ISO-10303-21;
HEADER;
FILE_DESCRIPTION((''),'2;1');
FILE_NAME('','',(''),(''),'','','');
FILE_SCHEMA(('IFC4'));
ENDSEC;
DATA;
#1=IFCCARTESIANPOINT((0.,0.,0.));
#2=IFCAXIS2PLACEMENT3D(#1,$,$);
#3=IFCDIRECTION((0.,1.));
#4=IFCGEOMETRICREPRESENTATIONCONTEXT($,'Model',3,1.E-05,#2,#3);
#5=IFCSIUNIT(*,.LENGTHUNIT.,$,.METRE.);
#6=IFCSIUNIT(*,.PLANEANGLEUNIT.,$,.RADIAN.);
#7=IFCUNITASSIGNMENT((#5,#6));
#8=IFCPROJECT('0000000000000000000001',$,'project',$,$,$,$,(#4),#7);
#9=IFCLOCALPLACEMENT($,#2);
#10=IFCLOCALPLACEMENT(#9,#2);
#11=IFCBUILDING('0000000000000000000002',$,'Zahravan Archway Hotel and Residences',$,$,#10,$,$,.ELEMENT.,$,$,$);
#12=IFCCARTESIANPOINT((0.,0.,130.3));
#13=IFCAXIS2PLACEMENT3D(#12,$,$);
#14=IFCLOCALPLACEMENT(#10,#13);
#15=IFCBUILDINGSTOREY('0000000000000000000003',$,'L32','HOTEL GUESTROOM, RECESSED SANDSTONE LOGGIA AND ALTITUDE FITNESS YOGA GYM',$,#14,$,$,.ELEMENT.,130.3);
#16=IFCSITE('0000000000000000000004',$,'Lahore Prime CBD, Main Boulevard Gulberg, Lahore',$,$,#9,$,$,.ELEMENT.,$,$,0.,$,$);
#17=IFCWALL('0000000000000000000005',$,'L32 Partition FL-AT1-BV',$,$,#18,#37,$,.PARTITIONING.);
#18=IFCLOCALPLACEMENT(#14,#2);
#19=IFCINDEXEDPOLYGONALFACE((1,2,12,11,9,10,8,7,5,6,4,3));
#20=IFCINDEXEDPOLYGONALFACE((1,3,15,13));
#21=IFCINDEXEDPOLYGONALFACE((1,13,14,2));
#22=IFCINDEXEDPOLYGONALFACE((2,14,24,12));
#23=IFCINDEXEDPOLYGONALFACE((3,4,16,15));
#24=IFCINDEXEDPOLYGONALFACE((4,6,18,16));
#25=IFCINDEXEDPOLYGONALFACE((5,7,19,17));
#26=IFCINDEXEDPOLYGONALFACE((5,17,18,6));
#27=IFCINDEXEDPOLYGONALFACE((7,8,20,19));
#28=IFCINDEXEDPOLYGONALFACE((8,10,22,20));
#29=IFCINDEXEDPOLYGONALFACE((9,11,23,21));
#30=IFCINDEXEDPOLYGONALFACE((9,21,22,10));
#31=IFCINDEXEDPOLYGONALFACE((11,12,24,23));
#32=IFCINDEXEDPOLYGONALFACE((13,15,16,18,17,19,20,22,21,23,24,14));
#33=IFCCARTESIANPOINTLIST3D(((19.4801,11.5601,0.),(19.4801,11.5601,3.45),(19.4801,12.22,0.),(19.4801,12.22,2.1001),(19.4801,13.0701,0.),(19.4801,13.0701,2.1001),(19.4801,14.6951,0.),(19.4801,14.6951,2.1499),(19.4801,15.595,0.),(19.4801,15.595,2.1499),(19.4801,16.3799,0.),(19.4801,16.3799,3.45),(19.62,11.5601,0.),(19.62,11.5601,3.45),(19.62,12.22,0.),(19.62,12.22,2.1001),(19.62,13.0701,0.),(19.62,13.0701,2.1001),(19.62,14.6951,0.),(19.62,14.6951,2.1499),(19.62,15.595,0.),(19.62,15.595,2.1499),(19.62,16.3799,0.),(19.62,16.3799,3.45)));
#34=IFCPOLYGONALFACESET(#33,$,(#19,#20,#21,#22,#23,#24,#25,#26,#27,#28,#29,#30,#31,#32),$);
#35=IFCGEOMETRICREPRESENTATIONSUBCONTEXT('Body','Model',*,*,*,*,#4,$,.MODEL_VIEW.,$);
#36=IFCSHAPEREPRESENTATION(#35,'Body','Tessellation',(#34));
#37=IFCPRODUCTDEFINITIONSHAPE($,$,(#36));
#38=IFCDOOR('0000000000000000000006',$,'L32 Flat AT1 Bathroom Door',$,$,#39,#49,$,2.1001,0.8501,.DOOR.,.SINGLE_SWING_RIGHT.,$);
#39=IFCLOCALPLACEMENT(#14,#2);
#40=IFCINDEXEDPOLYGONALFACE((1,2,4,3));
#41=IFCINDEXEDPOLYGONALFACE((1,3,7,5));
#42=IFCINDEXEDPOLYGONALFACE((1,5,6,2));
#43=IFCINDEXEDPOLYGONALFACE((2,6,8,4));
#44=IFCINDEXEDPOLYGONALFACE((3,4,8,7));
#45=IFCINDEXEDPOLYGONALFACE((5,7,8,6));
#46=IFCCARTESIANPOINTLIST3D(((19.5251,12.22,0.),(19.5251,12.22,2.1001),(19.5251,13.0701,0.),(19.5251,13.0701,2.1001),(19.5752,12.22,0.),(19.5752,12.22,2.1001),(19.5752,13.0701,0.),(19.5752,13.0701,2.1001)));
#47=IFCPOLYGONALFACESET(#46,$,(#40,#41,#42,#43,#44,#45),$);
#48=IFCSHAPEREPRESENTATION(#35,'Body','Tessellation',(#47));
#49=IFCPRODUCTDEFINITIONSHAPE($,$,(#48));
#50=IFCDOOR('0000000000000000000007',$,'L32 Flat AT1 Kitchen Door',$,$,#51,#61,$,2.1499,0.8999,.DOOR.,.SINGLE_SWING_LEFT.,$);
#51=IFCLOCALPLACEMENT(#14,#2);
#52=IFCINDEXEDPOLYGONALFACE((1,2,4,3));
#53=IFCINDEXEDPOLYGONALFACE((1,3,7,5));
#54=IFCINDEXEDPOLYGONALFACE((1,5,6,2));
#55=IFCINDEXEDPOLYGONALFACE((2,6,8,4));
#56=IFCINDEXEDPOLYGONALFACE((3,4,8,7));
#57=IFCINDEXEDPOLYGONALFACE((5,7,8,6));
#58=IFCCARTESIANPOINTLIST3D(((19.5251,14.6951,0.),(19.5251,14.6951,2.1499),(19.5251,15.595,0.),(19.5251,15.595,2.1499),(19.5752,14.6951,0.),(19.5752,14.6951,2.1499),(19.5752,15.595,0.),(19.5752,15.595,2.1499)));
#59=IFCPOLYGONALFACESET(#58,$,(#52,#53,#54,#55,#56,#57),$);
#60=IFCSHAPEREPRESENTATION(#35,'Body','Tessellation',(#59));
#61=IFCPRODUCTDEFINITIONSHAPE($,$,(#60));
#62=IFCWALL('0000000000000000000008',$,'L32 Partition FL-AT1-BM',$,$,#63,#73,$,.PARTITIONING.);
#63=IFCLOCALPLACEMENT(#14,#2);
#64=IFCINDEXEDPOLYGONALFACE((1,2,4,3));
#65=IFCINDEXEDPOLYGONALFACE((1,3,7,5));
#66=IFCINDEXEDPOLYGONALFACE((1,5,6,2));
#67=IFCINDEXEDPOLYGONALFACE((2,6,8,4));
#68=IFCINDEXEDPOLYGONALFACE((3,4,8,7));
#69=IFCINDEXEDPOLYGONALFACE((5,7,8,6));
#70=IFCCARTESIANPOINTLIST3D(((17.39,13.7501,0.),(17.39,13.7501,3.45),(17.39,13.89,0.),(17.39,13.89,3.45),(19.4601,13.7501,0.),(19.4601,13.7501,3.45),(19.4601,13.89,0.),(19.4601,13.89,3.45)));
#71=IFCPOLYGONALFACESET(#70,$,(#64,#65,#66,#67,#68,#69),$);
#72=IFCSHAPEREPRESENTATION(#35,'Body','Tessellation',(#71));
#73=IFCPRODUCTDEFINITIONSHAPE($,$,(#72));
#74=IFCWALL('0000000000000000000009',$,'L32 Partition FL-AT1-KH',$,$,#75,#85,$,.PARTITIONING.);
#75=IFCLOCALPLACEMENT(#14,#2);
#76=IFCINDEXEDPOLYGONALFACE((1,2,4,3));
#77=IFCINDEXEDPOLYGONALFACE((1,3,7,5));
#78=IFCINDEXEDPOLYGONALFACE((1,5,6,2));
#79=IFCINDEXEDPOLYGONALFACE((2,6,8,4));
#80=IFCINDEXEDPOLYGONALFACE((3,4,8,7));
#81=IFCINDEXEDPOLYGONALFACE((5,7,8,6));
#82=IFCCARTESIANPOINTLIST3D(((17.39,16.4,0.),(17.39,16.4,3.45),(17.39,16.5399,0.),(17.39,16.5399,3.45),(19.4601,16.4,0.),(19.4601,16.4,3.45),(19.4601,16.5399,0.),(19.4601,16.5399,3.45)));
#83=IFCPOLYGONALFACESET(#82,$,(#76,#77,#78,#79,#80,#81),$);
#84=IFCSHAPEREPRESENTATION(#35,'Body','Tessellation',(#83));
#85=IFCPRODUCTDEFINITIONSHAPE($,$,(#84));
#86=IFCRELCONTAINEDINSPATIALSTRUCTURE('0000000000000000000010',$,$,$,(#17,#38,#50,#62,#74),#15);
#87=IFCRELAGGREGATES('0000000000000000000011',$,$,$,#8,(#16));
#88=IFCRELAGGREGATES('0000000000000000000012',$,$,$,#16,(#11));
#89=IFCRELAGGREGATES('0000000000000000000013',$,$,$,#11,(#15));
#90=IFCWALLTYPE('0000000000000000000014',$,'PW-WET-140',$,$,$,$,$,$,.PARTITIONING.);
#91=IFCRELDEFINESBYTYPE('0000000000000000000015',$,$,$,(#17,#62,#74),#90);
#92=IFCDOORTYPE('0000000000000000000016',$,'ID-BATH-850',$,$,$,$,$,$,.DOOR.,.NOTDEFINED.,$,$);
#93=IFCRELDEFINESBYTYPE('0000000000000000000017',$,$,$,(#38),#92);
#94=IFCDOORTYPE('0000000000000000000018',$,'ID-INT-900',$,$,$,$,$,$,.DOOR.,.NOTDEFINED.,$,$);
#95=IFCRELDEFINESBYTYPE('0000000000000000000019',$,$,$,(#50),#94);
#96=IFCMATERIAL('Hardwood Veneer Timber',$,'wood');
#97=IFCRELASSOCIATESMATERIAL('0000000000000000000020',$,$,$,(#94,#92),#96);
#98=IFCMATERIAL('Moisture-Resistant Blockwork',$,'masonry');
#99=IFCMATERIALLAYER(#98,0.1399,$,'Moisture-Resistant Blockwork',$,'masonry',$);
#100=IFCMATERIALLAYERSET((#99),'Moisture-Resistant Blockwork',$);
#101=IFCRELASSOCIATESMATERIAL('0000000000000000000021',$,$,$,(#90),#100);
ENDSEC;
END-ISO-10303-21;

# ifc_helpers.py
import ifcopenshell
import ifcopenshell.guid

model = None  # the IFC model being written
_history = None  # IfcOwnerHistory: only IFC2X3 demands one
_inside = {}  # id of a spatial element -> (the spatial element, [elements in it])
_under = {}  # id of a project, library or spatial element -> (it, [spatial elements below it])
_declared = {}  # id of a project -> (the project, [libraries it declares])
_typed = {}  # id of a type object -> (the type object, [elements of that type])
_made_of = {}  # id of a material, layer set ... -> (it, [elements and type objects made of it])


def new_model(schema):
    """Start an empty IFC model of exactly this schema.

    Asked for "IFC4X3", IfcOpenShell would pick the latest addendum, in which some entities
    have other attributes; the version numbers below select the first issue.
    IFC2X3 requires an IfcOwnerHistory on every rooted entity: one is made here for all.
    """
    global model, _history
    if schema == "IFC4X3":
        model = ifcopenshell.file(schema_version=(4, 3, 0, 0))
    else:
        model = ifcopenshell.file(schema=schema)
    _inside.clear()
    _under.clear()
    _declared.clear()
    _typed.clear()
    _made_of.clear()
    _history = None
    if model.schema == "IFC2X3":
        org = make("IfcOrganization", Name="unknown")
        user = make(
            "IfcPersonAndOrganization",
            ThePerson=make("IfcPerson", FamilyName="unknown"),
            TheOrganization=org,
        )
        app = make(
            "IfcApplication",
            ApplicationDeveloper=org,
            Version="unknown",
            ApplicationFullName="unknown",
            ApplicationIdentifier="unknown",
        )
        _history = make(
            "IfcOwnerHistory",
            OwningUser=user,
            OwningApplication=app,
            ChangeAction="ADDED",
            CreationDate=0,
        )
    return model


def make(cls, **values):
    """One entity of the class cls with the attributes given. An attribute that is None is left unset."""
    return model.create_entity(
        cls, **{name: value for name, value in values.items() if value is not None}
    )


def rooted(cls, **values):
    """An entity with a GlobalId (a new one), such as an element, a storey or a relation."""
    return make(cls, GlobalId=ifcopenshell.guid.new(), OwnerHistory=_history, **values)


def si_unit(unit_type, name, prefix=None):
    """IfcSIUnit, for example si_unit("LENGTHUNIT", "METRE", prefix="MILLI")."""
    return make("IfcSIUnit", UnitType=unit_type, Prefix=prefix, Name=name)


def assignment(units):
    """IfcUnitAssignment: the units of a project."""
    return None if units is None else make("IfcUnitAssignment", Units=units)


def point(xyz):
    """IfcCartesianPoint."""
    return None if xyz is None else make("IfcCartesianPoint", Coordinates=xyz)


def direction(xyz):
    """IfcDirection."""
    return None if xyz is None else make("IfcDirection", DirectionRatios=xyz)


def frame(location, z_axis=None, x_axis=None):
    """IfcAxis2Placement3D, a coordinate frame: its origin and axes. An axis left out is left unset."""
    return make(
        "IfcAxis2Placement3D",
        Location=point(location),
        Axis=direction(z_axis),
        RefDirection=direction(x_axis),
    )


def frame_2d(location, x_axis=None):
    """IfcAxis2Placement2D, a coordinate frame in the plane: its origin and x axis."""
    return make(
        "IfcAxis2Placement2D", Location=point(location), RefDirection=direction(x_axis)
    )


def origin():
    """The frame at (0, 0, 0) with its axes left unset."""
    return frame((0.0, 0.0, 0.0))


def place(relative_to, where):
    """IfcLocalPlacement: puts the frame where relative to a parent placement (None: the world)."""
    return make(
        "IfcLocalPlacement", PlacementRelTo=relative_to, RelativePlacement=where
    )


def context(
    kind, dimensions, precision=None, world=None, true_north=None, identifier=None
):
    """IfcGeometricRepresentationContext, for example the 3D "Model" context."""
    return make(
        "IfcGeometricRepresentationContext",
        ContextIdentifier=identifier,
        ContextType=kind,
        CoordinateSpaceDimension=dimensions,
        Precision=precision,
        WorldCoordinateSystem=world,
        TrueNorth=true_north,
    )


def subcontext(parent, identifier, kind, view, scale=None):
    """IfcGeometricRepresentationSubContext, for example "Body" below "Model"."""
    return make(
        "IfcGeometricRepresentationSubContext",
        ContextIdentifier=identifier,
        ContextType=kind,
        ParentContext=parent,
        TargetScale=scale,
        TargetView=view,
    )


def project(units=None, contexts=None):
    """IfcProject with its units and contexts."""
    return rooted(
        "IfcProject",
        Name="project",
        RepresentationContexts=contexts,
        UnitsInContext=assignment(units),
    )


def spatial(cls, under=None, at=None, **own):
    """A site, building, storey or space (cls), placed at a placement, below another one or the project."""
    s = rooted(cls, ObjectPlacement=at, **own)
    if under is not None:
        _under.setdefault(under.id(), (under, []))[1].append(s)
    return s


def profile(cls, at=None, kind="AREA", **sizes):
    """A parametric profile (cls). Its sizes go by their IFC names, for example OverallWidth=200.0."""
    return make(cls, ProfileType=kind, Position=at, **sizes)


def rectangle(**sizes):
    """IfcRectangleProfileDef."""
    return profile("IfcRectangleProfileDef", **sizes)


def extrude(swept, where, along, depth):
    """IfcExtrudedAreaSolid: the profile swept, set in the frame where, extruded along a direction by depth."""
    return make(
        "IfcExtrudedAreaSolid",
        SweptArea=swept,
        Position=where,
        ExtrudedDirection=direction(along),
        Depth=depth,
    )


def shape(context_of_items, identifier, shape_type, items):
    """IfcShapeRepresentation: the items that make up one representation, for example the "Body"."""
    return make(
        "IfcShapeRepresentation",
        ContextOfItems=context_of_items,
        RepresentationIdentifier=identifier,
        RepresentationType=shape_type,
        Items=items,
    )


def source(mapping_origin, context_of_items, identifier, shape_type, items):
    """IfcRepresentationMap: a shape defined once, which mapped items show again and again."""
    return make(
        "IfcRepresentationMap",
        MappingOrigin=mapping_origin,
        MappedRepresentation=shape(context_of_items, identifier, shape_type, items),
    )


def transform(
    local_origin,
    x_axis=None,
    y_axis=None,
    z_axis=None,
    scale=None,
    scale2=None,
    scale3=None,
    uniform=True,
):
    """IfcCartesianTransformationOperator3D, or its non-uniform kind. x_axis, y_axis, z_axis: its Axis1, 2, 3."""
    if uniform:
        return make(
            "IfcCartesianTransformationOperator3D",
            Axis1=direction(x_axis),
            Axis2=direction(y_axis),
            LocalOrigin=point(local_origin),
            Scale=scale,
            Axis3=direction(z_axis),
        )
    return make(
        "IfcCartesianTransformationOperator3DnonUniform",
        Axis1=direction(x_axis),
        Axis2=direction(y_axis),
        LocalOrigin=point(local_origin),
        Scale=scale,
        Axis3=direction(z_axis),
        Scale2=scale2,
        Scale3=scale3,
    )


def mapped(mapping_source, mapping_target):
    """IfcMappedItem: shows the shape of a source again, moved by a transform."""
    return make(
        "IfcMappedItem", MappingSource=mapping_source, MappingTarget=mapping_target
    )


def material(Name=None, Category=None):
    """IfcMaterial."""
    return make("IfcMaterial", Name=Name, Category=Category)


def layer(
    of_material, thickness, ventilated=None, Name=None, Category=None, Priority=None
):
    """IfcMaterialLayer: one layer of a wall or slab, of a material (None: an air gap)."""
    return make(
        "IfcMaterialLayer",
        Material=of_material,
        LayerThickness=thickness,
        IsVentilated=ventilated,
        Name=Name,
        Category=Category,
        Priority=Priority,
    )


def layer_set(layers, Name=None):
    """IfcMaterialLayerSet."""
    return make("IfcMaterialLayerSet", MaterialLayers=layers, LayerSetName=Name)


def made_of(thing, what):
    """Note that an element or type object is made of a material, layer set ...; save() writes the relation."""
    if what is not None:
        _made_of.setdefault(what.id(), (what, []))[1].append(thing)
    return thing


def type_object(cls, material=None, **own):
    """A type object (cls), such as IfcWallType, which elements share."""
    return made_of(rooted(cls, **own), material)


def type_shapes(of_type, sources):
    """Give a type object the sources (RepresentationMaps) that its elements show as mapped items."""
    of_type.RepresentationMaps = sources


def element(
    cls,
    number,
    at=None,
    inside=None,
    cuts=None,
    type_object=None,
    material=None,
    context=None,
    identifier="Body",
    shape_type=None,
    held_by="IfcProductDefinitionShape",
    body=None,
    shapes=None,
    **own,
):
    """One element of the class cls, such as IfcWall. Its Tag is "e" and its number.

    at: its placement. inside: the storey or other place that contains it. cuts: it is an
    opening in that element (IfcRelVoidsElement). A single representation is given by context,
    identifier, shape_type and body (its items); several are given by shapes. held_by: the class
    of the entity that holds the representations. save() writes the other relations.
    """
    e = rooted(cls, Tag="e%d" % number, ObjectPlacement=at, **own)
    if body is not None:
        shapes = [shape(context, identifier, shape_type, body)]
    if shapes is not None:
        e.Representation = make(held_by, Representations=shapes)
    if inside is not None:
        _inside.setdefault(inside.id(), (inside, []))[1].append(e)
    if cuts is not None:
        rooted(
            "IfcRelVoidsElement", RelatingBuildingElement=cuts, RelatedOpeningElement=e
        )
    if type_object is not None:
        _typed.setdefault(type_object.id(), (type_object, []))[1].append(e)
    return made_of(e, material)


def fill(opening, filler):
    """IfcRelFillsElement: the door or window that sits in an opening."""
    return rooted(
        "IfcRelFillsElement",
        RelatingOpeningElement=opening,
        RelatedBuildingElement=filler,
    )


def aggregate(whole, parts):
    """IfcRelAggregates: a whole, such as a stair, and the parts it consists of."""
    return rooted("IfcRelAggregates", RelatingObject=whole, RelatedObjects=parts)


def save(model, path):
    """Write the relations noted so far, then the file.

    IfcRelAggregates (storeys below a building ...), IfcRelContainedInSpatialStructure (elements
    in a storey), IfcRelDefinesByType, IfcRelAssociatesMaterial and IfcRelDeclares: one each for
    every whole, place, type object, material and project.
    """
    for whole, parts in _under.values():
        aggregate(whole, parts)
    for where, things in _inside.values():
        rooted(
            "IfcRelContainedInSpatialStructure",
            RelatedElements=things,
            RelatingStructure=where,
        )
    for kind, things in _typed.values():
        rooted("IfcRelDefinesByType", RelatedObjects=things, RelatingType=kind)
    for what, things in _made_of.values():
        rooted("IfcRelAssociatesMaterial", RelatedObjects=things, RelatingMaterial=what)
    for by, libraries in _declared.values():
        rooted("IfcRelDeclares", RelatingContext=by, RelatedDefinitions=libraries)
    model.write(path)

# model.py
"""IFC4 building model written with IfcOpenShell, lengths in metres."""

from ifc_helpers import new_model, si_unit, direction, frame, frame_2d, origin, place, context, subcontext, project, spatial, rectangle, extrude, source, transform, mapped, material, layer, layer_set, type_object, type_shapes, element, fill, save


model = new_model("IFC4")

# Units and contexts
model_context = context("Model", 3, precision=1e-05, world=origin(), true_north=direction((0.0, 1.0)))
body_context = subcontext(model_context, "Body", "Model", "MODEL_VIEW")
ifc_project = project(units=[si_unit("LENGTHUNIT", "METRE"), si_unit("PLANEANGLEUNIT", "RADIAN")], contexts=[model_context])

# Site, building, storey
site_placement = place(None, origin())
site = spatial("IfcSite", under=ifc_project, at=site_placement, Name="Lahore Prime CBD, Main Boulevard Gulberg, Lahore", CompositionType="ELEMENT", RefElevation=0.0)
building_placement = place(site_placement, origin())
building = spatial("IfcBuilding", under=site, at=building_placement, Name="Zahravan Archway Hotel and Residences", CompositionType="ELEMENT")
storey_placement = place(building_placement, frame((0.0, 0.0, 130.3)))
storey = spatial("IfcBuildingStorey", under=building, at=storey_placement, Name="L32", Description="HOTEL GUESTROOM, RECESSED SANDSTONE LOGGIA AND ALTITUDE FITNESS YOGA GYM", CompositionType="ELEMENT", Elevation=130.3)

# Shared definitions
ifc_material_1 = material(Name="Hardwood Veneer Timber", Category="wood")

# Shared definitions
door_type_1 = type_object("IfcDoorType", Name="ID-INT-900", OperationType="NOTDEFINED", PredefinedType="DOOR", material=ifc_material_1)
shared_shape_1 = source(origin(), body_context, "Body", "SweptSolid", [
    extrude(rectangle(XDim=0.8999, YDim=2.1499, at=frame_2d((0.45, 1.075))), frame((0.0, 0.0249, 0.0), z_axis=(0.0, -1.0, 0.0), x_axis=(1.0, 0.0, 0.0)), (0.0, 0.0, 1.0), 0.05),
])
type_shapes(door_type_1, [shared_shape_1])

# Wall, openings, doors
ifc_material_2 = material(Name="Moisture-Resistant Blockwork", Category="masonry")
ifc_layer_1 = layer(ifc_material_2, 0.1399, Name="Moisture-Resistant Blockwork", Category="masonry")
ifc_layer_set_1 = layer_set([ifc_layer_1], Name="Moisture-Resistant Blockwork")
wall_type_1 = type_object("IfcWallType", Name="PW-WET-140", PredefinedType="PARTITIONING", material=ifc_layer_set_1)
wall_1_placement = place(storey_placement, frame((19.55, 11.5601, 0.0), z_axis=(0.0, 0.0, 1.0), x_axis=(0.0, 1.0, 0.0)))
wall_1 = element("IfcWall", 1, at=wall_1_placement, inside=storey, type_object=wall_type_1, Name="L32 Partition FL-AT1-BV", PredefinedType="PARTITIONING", context=body_context, shape_type="SweptSolid", body=[
    extrude(rectangle(XDim=4.8198, YDim=0.1399, at=frame_2d((2.4099, 0.0))), origin(), (0.0, 0.0, 1.0), 3.45),
])
opening_1_placement = place(wall_1_placement, frame((0.6599, 0.0, 0.0)))
opening_1 = element("IfcOpeningElement", 2, at=opening_1_placement, cuts=wall_1, PredefinedType="OPENING", context=body_context, shape_type="SweptSolid", body=[
    extrude(rectangle(XDim=0.8501, YDim=2.1001, at=frame_2d((0.425, 1.05))), frame((0.0, 0.0801, 0.0), z_axis=(0.0, -1.0, 0.0), x_axis=(1.0, 0.0, 0.0)), (0.0, 0.0, 1.0), 0.1599),
])
opening_2_placement = place(wall_1_placement, frame((3.135, 0.0, 0.0)))
opening_2 = element("IfcOpeningElement", 3, at=opening_2_placement, cuts=wall_1, PredefinedType="OPENING", context=body_context, shape_type="SweptSolid", body=[
    extrude(rectangle(XDim=0.8999, YDim=2.1499, at=frame_2d((0.45, 1.075))), frame((0.0, 0.0801, 0.0), z_axis=(0.0, -1.0, 0.0), x_axis=(1.0, 0.0, 0.0)), (0.0, 0.0, 1.0), 0.1599),
])
door_type_2 = type_object("IfcDoorType", Name="ID-BATH-850", OperationType="NOTDEFINED", PredefinedType="DOOR", material=ifc_material_1)
shared_shape_2 = source(origin(), body_context, "Body", "SweptSolid", [
    extrude(rectangle(XDim=0.8501, YDim=2.1001, at=frame_2d((0.425, 1.05))), frame((0.0, 0.0249, 0.0), z_axis=(0.0, -1.0, 0.0), x_axis=(1.0, 0.0, 0.0)), (0.0, 0.0, 1.0), 0.05),
])
type_shapes(door_type_2, [shared_shape_2])
door_1_placement = place(opening_1_placement, origin())
door_1 = element("IfcDoor", 4, at=door_1_placement, inside=storey, type_object=door_type_2, Name="L32 Flat AT1 Bathroom Door", OperationType="SINGLE_SWING_RIGHT", OverallHeight=2.1001, OverallWidth=0.8501, PredefinedType="DOOR", context=body_context, shape_type="MappedRepresentation", body=[
    mapped(shared_shape_2, transform((0.0, 0.0, 0.0), scale=1.0)),
])
fill(opening_1, door_1)
door_2_placement = place(opening_2_placement, origin())
door_2 = element("IfcDoor", 5, at=door_2_placement, inside=storey, type_object=door_type_1, Name="L32 Flat AT1 Kitchen Door", OperationType="SINGLE_SWING_LEFT", OverallHeight=2.1499, OverallWidth=0.8999, PredefinedType="DOOR", context=body_context, shape_type="MappedRepresentation", body=[
    mapped(shared_shape_1, transform((0.0, 0.0, 0.0), scale=1.0)),
])
fill(opening_2, door_2)

# Walls
for number, where, z_axis, x_axis, name in (
    (6, (17.3899, 13.8201, 0.0), (0.0, 0.0, 1.0), (1.0, 0.0, 0.0), "L32 Partition FL-AT1-BM"),
    (7, (17.3899, 16.47, 0.0), (0.0, 0.0, 1.0), (1.0, 0.0, 0.0), "L32 Partition FL-AT1-KH"),
):
    element("IfcWall", number, at=place(storey_placement, frame(where, z_axis=z_axis, x_axis=x_axis)), inside=storey, type_object=wall_type_1, Name=name, PredefinedType="PARTITIONING", context=body_context, shape_type="SweptSolid", body=[
        extrude(rectangle(XDim=2.0701, YDim=0.1399, at=frame_2d((1.0352, 0.0))), origin(), (0.0, 0.0, 1.0), 3.45),
    ])

save(model, "model.ifc")
